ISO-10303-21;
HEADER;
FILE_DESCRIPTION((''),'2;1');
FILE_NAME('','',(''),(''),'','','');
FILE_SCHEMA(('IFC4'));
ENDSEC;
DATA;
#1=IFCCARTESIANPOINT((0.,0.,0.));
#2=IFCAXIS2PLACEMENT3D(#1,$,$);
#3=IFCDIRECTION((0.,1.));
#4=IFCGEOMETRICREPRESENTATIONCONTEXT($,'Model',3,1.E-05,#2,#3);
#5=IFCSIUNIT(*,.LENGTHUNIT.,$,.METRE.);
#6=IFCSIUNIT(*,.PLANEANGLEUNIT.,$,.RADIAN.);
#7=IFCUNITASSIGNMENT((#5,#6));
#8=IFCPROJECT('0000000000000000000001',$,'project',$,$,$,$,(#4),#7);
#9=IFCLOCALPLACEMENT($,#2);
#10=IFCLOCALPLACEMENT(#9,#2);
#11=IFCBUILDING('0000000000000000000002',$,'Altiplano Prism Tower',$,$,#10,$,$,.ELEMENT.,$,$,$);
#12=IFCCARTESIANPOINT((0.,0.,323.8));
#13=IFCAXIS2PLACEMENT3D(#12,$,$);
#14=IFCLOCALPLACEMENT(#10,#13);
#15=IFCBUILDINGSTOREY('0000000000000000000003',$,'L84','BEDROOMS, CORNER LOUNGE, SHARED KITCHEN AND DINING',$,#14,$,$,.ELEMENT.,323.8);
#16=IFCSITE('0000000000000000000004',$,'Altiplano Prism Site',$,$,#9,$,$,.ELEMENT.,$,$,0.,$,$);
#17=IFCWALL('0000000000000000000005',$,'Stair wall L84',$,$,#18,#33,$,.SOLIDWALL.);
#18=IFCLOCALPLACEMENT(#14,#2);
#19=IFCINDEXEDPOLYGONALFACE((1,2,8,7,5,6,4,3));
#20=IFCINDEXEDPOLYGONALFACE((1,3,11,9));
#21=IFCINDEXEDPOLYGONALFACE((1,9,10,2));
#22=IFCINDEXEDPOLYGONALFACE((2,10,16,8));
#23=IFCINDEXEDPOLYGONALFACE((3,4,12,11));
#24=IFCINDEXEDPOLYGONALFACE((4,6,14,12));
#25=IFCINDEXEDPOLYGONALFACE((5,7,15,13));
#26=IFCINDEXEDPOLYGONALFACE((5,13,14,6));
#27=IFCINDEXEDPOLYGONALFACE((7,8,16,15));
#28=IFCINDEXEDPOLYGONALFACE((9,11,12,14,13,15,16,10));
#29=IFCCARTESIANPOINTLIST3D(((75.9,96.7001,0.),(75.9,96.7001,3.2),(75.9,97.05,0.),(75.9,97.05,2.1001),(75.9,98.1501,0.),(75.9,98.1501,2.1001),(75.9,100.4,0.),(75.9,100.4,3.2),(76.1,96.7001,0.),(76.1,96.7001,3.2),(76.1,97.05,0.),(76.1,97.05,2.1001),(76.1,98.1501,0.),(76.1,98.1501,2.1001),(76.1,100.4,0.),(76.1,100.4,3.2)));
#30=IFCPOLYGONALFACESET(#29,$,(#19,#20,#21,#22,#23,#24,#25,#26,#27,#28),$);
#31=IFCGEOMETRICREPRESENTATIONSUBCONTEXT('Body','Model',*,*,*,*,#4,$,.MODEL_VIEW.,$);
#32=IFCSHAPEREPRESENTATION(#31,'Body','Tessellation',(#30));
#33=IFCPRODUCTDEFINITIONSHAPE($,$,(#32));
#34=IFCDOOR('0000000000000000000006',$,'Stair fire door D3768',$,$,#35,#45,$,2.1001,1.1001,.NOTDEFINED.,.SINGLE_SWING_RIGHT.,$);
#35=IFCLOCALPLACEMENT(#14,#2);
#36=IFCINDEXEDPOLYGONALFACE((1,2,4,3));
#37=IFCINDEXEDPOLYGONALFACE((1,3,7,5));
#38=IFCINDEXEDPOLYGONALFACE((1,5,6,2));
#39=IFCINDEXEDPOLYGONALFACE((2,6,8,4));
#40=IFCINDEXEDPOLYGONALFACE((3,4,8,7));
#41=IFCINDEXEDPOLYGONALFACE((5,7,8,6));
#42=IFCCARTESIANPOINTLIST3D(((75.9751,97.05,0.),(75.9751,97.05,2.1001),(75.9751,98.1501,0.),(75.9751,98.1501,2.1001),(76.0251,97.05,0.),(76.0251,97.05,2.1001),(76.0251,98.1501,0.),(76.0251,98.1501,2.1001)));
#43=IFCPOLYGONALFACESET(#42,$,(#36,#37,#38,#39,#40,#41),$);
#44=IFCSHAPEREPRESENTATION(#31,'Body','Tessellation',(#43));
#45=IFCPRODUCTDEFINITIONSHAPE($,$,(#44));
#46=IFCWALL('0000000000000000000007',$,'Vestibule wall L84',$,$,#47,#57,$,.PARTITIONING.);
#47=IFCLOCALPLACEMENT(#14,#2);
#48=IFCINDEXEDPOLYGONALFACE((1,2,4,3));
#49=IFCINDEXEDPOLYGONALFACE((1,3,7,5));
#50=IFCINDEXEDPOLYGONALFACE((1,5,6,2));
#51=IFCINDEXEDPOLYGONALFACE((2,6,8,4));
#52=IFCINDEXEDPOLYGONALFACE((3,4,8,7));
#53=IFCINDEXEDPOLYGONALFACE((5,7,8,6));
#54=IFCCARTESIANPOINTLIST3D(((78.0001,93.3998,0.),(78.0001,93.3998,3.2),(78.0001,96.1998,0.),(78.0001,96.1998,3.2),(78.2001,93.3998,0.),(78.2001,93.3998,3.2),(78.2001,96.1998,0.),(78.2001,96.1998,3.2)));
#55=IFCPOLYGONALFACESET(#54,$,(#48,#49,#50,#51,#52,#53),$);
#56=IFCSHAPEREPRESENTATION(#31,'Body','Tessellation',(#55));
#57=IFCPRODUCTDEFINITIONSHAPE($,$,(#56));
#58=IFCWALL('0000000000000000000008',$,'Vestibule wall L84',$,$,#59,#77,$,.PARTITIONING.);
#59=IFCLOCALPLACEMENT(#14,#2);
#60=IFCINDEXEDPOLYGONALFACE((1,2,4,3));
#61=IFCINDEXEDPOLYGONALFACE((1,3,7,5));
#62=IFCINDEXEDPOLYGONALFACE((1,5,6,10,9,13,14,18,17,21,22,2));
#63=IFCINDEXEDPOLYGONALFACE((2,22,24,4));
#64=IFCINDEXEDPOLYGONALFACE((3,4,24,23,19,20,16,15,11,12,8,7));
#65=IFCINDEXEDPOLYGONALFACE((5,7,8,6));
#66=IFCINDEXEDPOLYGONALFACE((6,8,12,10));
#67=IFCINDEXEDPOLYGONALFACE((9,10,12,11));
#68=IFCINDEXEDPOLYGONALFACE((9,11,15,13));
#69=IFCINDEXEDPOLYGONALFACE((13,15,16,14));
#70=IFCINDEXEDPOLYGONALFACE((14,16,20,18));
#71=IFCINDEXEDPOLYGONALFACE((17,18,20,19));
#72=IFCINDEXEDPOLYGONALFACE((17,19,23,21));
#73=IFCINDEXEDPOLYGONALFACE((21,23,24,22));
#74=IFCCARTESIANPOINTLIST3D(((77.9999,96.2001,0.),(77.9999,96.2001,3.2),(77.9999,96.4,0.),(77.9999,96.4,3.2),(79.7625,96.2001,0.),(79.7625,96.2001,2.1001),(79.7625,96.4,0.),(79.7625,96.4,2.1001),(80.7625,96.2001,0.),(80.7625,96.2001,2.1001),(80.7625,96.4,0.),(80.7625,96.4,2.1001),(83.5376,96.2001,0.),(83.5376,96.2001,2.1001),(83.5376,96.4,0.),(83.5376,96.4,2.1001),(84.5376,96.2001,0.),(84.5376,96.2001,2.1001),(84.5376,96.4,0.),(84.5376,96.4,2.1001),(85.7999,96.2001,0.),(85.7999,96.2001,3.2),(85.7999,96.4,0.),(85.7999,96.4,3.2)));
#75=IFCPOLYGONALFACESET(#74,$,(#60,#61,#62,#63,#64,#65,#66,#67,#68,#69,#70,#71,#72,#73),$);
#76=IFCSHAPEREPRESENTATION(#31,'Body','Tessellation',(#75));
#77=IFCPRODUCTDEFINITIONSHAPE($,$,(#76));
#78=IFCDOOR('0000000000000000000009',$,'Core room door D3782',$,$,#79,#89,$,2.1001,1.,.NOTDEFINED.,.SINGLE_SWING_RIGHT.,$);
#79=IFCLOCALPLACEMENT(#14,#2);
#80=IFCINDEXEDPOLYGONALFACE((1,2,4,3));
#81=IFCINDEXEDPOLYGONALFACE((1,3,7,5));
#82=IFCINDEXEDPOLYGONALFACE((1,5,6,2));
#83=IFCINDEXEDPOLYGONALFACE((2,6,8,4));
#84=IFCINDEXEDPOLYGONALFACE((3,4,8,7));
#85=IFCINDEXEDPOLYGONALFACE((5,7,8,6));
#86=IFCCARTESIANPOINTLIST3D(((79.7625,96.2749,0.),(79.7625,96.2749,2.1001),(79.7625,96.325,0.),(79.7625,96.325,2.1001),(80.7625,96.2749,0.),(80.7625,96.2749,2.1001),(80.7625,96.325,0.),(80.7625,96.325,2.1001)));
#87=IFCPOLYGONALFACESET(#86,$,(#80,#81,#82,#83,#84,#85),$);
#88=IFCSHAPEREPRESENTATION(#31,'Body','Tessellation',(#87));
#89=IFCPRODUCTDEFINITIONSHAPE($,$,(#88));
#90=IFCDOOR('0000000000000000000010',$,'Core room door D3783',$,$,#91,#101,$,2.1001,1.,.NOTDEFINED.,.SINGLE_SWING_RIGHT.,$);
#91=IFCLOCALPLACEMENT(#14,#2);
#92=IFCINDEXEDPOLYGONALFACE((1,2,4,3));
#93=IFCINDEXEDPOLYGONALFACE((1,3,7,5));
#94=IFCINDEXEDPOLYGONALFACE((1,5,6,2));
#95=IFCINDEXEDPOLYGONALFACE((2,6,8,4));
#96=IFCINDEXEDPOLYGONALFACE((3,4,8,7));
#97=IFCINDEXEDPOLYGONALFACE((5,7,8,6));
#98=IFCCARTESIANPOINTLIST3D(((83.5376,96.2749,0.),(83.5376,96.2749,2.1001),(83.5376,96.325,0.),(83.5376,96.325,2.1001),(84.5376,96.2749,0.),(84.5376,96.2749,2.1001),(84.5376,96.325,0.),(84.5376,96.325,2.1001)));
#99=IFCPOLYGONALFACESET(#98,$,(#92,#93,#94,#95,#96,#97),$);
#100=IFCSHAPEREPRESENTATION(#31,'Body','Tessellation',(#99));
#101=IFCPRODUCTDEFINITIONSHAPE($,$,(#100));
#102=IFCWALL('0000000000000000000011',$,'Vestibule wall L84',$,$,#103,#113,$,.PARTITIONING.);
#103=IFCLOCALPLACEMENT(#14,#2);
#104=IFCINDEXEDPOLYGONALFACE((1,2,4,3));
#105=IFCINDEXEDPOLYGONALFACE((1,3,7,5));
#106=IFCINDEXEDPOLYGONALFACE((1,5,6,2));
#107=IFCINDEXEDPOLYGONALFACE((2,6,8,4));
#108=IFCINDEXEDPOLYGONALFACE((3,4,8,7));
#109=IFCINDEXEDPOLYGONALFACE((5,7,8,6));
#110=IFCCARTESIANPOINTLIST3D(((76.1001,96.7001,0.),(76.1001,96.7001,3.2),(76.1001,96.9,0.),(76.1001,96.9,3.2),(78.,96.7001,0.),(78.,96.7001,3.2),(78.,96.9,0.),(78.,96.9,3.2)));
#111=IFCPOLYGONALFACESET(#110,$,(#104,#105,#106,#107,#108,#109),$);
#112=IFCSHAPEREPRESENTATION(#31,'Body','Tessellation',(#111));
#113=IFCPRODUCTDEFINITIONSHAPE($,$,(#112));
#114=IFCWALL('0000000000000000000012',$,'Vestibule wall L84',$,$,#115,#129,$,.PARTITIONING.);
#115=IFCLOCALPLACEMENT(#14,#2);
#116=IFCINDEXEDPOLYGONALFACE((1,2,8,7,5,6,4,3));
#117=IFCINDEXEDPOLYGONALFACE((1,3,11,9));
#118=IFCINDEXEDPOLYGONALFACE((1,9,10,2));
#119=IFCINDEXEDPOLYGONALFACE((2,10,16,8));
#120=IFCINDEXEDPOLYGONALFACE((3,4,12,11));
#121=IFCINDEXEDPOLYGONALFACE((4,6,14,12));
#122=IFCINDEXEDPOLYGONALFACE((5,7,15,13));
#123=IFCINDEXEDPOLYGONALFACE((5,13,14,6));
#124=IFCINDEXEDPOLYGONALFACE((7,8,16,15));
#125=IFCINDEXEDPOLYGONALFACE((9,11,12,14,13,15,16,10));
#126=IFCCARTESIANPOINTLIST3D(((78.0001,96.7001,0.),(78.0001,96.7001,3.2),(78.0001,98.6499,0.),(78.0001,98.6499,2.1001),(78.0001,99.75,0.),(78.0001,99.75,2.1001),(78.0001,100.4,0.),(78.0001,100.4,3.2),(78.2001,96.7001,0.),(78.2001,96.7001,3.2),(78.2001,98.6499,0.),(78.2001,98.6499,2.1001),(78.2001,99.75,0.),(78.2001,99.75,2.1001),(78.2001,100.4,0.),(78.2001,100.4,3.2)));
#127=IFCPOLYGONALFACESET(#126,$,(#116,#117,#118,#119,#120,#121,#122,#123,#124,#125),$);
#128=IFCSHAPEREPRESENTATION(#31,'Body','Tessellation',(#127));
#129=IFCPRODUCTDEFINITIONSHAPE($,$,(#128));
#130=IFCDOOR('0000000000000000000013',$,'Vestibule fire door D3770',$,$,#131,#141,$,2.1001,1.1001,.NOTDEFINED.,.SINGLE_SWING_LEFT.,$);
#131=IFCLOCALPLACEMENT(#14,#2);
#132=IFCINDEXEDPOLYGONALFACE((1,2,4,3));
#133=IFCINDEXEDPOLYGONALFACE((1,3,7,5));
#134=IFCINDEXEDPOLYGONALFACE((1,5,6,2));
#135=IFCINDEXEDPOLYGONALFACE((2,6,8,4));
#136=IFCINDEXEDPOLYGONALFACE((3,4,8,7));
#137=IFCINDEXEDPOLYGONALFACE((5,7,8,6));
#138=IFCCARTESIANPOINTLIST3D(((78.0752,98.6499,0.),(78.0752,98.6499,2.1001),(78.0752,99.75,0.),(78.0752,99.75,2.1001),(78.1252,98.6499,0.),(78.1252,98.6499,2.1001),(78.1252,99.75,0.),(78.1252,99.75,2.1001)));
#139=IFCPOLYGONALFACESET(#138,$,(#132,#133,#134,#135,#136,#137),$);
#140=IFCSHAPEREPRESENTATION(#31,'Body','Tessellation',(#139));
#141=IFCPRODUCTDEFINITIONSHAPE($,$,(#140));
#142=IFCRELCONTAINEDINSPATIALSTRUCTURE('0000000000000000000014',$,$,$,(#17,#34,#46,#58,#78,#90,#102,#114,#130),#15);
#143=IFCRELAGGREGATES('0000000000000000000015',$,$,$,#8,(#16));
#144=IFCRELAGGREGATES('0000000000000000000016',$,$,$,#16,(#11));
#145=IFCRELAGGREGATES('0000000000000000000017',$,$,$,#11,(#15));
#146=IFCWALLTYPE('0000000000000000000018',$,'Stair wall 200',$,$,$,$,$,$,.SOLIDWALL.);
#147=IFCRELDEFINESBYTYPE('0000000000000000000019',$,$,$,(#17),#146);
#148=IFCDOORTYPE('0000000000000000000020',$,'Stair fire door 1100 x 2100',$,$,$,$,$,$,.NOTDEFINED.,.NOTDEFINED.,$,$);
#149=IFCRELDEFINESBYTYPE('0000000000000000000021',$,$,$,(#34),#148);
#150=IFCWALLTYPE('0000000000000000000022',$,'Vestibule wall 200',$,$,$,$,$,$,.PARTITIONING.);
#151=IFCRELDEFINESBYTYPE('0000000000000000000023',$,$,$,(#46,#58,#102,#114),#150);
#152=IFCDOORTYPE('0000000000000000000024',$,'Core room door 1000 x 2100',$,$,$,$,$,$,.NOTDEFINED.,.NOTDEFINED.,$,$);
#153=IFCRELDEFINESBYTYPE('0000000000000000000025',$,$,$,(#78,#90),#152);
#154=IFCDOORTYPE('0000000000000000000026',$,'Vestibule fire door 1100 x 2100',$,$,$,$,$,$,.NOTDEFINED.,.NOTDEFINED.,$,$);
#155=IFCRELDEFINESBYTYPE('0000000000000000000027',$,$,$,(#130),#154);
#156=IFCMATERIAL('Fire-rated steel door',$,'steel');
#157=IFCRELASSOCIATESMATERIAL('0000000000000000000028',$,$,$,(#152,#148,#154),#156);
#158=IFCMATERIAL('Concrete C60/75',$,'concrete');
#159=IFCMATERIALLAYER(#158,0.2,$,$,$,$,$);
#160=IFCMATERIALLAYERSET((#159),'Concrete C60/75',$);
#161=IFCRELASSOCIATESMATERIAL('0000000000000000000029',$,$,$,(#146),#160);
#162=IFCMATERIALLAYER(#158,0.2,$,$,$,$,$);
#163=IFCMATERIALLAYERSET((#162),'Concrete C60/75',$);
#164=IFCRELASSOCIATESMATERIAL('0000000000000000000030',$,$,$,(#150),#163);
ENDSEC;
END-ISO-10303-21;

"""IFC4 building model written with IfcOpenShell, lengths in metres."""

from ifc_helpers import new_model, si_unit, direction, frame, frame_2d, origin, place, context, subcontext, project, spatial, rectangle, extrude, material, layer, layer_set, type_object, element, fill, save


model = new_model("IFC4")

# Units and contexts
model_context = context("Model", 3, precision=1e-05, world=origin(), true_north=direction((0.0, 1.0)))
body_context = subcontext(model_context, "Body", "Model", "MODEL_VIEW")
ifc_project = project(units=[si_unit("LENGTHUNIT", "METRE"), si_unit("PLANEANGLEUNIT", "RADIAN")], contexts=[model_context])

# Site, building, storey
site_placement = place(None, origin())
site = spatial("IfcSite", under=ifc_project, at=site_placement, Name="Altiplano Prism Site", CompositionType="ELEMENT", RefElevation=0.0)
building_placement = place(site_placement, origin())
building = spatial("IfcBuilding", under=site, at=building_placement, Name="Altiplano Prism Tower", CompositionType="ELEMENT")
storey_placement = place(building_placement, frame((0.0, 0.0, 323.8)))
storey = spatial("IfcBuildingStorey", under=building, at=storey_placement, Name="L84", Description="BEDROOMS, CORNER LOUNGE, SHARED KITCHEN AND DINING", CompositionType="ELEMENT", Elevation=323.8)

# Shared definitions
ifc_material_1 = material(Name="Concrete C60/75", Category="concrete")

# Shared definitions
ifc_material_2 = material(Name="Fire-rated steel door", Category="steel")
door_type_1 = type_object("IfcDoorType", Name="Core room door 1000 x 2100", OperationType="NOTDEFINED", PredefinedType="NOTDEFINED", material=ifc_material_2)

# Shared definitions
ifc_layer_1 = layer(ifc_material_1, 0.2)
ifc_layer_set_1 = layer_set([ifc_layer_1], Name="Concrete C60/75")
wall_type_1 = type_object("IfcWallType", Name="Stair wall 200", PredefinedType="SOLIDWALL", material=ifc_layer_set_1)

# Wall, opening, door
wall_1_placement = place(storey_placement, frame((76.0, 96.7, 0.0), z_axis=(0.0, 0.0, 1.0), x_axis=(0.0, 1.0, 0.0)))
wall_1 = element("IfcWall", 1, at=wall_1_placement, inside=storey, type_object=wall_type_1, Name="Stair wall L84", PredefinedType="SOLIDWALL", context=body_context, shape_type="SweptSolid", body=[
    extrude(rectangle(XDim=3.7, YDim=0.2, at=frame_2d((1.8501, 0.0))), origin(), (0.0, 0.0, 1.0), 3.2),
])
opening_1_placement = place(wall_1_placement, frame((0.3501, 0.0, 0.0)))
opening_1 = element("IfcOpeningElement", 2, at=opening_1_placement, cuts=wall_1, PredefinedType="OPENING", context=body_context, shape_type="SweptSolid", body=[
    extrude(rectangle(XDim=1.1001, YDim=2.1001, at=frame_2d((0.55, 1.05))), frame((0.0, 0.1104, 0.0), z_axis=(0.0, -1.0, 0.0), x_axis=(1.0, 0.0, 0.0)), (0.0, 0.0, 1.0), 0.2209),
])
door_type_2 = type_object("IfcDoorType", Name="Stair fire door 1100 x 2100", OperationType="NOTDEFINED", PredefinedType="NOTDEFINED", material=ifc_material_2)
door_1_placement = place(opening_1_placement, origin())
door_1 = element("IfcDoor", 3, at=door_1_placement, inside=storey, type_object=door_type_2, Name="Stair fire door D3768", OperationType="SINGLE_SWING_RIGHT", OverallHeight=2.1001, OverallWidth=1.1001, PredefinedType="NOTDEFINED", context=body_context, shape_type="SweptSolid", body=[
    extrude(rectangle(XDim=1.1001, YDim=2.1001, at=frame_2d((0.55, 1.05))), frame((0.0, 0.0249, 0.0), z_axis=(0.0, -1.0, 0.0), x_axis=(1.0, 0.0, 0.0)), (0.0, 0.0, 1.0), 0.05),
])
fill(opening_1, door_1)

# Wall
ifc_layer_2 = layer(ifc_material_1, 0.2)
ifc_layer_set_2 = layer_set([ifc_layer_2], Name="Concrete C60/75")
wall_type_2 = type_object("IfcWallType", Name="Vestibule wall 200", PredefinedType="PARTITIONING", material=ifc_layer_set_2)
wall_2_placement = place(storey_placement, frame((78.1001, 93.3999, 0.0), z_axis=(0.0, 0.0, 1.0), x_axis=(0.0, 1.0, 0.0)))
element("IfcWall", 4, at=wall_2_placement, inside=storey, type_object=wall_type_2, Name="Vestibule wall L84", PredefinedType="PARTITIONING", context=body_context, shape_type="SweptSolid", body=[
    extrude(rectangle(XDim=2.8, YDim=0.2, at=frame_2d((1.3999, 0.0))), origin(), (0.0, 0.0, 1.0), 3.2),
])

# Wall, openings, doors
wall_3_placement = place(storey_placement, frame((78.0, 96.3, 0.0), z_axis=(0.0, 0.0, 1.0), x_axis=(1.0, 0.0, 0.0)))
wall_3 = element("IfcWall", 5, at=wall_3_placement, inside=storey, type_object=wall_type_2, Name="Vestibule wall L84", PredefinedType="PARTITIONING", context=body_context, shape_type="SweptSolid", body=[
    extrude(rectangle(XDim=7.8, YDim=0.2, at=frame_2d((3.8999, 0.0))), origin(), (0.0, 0.0, 1.0), 3.2),
])
opening_2_placement = place(wall_3_placement, frame((1.7625, 0.0, 0.0)))
opening_2 = element("IfcOpeningElement", 6, at=opening_2_placement, cuts=wall_3, PredefinedType="OPENING", context=body_context, shape_type="SweptSolid", body=[
    extrude(rectangle(XDim=1.0, YDim=2.1001, at=frame_2d((0.5, 1.05))), frame((0.0, 0.1104, 0.0), z_axis=(0.0, -1.0, 0.0), x_axis=(1.0, 0.0, 0.0)), (0.0, 0.0, 1.0), 0.2209),
])
opening_3_placement = place(wall_3_placement, frame((5.5376, 0.0, 0.0)))
opening_3 = element("IfcOpeningElement", 7, at=opening_3_placement, cuts=wall_3, PredefinedType="OPENING", context=body_context, shape_type="SweptSolid", body=[
    extrude(rectangle(XDim=1.0, YDim=2.1001, at=frame_2d((0.5, 1.05))), frame((0.0, 0.1104, 0.0), z_axis=(0.0, -1.0, 0.0), x_axis=(1.0, 0.0, 0.0)), (0.0, 0.0, 1.0), 0.2209),
])
door_2_placement = place(opening_2_placement, origin())
door_2 = element("IfcDoor", 8, at=door_2_placement, inside=storey, type_object=door_type_1, Name="Core room door D3782", OperationType="SINGLE_SWING_RIGHT", OverallHeight=2.1001, OverallWidth=1.0, PredefinedType="NOTDEFINED", context=body_context, shape_type="SweptSolid", body=[
    extrude(rectangle(XDim=1.0, YDim=2.1001, at=frame_2d((0.5, 1.05))), frame((0.0, 0.0249, 0.0), z_axis=(0.0, -1.0, 0.0), x_axis=(1.0, 0.0, 0.0)), (0.0, 0.0, 1.0), 0.05),
])
fill(opening_2, door_2)
door_3_placement = place(opening_3_placement, origin())
door_3 = element("IfcDoor", 9, at=door_3_placement, inside=storey, type_object=door_type_1, Name="Core room door D3783", OperationType="SINGLE_SWING_RIGHT", OverallHeight=2.1001, OverallWidth=1.0, PredefinedType="NOTDEFINED", context=body_context, shape_type="SweptSolid", body=[
    extrude(rectangle(XDim=1.0, YDim=2.1001, at=frame_2d((0.5, 1.05))), frame((0.0, 0.0249, 0.0), z_axis=(0.0, -1.0, 0.0), x_axis=(1.0, 0.0, 0.0)), (0.0, 0.0, 1.0), 0.05),
])
fill(opening_3, door_3)

# Wall
wall_4_placement = place(storey_placement, frame((76.1001, 96.8, 0.0), z_axis=(0.0, 0.0, 1.0), x_axis=(1.0, 0.0, 0.0)))
element("IfcWall", 10, at=wall_4_placement, inside=storey, type_object=wall_type_2, Name="Vestibule wall L84", PredefinedType="PARTITIONING", context=body_context, shape_type="SweptSolid", body=[
    extrude(rectangle(XDim=1.8999, YDim=0.2, at=frame_2d((0.95, 0.0))), origin(), (0.0, 0.0, 1.0), 3.2),
])

# Wall, opening, door
wall_5_placement = place(storey_placement, frame((78.1001, 96.7, 0.0), z_axis=(0.0, 0.0, 1.0), x_axis=(0.0, 1.0, 0.0)))
wall_5 = element("IfcWall", 11, at=wall_5_placement, inside=storey, type_object=wall_type_2, Name="Vestibule wall L84", PredefinedType="PARTITIONING", context=body_context, shape_type="SweptSolid", body=[
    extrude(rectangle(XDim=3.7, YDim=0.2, at=frame_2d((1.8501, 0.0))), origin(), (0.0, 0.0, 1.0), 3.2),
])
opening_4_placement = place(wall_5_placement, frame((1.95, 0.0, 0.0)))
opening_4 = element("IfcOpeningElement", 12, at=opening_4_placement, cuts=wall_5, PredefinedType="OPENING", context=body_context, shape_type="SweptSolid", body=[
    extrude(rectangle(XDim=1.1001, YDim=2.1001, at=frame_2d((0.55, 1.05))), frame((0.0, 0.1104, 0.0), z_axis=(0.0, -1.0, 0.0), x_axis=(1.0, 0.0, 0.0)), (0.0, 0.0, 1.0), 0.2209),
])
door_type_3 = type_object("IfcDoorType", Name="Vestibule fire door 1100 x 2100", OperationType="NOTDEFINED", PredefinedType="NOTDEFINED", material=ifc_material_2)
door_4_placement = place(opening_4_placement, origin())
door_4 = element("IfcDoor", 13, at=door_4_placement, inside=storey, type_object=door_type_3, Name="Vestibule fire door D3770", OperationType="SINGLE_SWING_LEFT", OverallHeight=2.1001, OverallWidth=1.1001, PredefinedType="NOTDEFINED", context=body_context, shape_type="SweptSolid", body=[
    extrude(rectangle(XDim=1.1001, YDim=2.1001, at=frame_2d((0.55, 1.05))), frame((0.0, 0.0249, 0.0), z_axis=(0.0, -1.0, 0.0), x_axis=(1.0, 0.0, 0.0)), (0.0, 0.0, 1.0), 0.05),
])
fill(opening_4, door_4)

save(model, "model.ifc")
